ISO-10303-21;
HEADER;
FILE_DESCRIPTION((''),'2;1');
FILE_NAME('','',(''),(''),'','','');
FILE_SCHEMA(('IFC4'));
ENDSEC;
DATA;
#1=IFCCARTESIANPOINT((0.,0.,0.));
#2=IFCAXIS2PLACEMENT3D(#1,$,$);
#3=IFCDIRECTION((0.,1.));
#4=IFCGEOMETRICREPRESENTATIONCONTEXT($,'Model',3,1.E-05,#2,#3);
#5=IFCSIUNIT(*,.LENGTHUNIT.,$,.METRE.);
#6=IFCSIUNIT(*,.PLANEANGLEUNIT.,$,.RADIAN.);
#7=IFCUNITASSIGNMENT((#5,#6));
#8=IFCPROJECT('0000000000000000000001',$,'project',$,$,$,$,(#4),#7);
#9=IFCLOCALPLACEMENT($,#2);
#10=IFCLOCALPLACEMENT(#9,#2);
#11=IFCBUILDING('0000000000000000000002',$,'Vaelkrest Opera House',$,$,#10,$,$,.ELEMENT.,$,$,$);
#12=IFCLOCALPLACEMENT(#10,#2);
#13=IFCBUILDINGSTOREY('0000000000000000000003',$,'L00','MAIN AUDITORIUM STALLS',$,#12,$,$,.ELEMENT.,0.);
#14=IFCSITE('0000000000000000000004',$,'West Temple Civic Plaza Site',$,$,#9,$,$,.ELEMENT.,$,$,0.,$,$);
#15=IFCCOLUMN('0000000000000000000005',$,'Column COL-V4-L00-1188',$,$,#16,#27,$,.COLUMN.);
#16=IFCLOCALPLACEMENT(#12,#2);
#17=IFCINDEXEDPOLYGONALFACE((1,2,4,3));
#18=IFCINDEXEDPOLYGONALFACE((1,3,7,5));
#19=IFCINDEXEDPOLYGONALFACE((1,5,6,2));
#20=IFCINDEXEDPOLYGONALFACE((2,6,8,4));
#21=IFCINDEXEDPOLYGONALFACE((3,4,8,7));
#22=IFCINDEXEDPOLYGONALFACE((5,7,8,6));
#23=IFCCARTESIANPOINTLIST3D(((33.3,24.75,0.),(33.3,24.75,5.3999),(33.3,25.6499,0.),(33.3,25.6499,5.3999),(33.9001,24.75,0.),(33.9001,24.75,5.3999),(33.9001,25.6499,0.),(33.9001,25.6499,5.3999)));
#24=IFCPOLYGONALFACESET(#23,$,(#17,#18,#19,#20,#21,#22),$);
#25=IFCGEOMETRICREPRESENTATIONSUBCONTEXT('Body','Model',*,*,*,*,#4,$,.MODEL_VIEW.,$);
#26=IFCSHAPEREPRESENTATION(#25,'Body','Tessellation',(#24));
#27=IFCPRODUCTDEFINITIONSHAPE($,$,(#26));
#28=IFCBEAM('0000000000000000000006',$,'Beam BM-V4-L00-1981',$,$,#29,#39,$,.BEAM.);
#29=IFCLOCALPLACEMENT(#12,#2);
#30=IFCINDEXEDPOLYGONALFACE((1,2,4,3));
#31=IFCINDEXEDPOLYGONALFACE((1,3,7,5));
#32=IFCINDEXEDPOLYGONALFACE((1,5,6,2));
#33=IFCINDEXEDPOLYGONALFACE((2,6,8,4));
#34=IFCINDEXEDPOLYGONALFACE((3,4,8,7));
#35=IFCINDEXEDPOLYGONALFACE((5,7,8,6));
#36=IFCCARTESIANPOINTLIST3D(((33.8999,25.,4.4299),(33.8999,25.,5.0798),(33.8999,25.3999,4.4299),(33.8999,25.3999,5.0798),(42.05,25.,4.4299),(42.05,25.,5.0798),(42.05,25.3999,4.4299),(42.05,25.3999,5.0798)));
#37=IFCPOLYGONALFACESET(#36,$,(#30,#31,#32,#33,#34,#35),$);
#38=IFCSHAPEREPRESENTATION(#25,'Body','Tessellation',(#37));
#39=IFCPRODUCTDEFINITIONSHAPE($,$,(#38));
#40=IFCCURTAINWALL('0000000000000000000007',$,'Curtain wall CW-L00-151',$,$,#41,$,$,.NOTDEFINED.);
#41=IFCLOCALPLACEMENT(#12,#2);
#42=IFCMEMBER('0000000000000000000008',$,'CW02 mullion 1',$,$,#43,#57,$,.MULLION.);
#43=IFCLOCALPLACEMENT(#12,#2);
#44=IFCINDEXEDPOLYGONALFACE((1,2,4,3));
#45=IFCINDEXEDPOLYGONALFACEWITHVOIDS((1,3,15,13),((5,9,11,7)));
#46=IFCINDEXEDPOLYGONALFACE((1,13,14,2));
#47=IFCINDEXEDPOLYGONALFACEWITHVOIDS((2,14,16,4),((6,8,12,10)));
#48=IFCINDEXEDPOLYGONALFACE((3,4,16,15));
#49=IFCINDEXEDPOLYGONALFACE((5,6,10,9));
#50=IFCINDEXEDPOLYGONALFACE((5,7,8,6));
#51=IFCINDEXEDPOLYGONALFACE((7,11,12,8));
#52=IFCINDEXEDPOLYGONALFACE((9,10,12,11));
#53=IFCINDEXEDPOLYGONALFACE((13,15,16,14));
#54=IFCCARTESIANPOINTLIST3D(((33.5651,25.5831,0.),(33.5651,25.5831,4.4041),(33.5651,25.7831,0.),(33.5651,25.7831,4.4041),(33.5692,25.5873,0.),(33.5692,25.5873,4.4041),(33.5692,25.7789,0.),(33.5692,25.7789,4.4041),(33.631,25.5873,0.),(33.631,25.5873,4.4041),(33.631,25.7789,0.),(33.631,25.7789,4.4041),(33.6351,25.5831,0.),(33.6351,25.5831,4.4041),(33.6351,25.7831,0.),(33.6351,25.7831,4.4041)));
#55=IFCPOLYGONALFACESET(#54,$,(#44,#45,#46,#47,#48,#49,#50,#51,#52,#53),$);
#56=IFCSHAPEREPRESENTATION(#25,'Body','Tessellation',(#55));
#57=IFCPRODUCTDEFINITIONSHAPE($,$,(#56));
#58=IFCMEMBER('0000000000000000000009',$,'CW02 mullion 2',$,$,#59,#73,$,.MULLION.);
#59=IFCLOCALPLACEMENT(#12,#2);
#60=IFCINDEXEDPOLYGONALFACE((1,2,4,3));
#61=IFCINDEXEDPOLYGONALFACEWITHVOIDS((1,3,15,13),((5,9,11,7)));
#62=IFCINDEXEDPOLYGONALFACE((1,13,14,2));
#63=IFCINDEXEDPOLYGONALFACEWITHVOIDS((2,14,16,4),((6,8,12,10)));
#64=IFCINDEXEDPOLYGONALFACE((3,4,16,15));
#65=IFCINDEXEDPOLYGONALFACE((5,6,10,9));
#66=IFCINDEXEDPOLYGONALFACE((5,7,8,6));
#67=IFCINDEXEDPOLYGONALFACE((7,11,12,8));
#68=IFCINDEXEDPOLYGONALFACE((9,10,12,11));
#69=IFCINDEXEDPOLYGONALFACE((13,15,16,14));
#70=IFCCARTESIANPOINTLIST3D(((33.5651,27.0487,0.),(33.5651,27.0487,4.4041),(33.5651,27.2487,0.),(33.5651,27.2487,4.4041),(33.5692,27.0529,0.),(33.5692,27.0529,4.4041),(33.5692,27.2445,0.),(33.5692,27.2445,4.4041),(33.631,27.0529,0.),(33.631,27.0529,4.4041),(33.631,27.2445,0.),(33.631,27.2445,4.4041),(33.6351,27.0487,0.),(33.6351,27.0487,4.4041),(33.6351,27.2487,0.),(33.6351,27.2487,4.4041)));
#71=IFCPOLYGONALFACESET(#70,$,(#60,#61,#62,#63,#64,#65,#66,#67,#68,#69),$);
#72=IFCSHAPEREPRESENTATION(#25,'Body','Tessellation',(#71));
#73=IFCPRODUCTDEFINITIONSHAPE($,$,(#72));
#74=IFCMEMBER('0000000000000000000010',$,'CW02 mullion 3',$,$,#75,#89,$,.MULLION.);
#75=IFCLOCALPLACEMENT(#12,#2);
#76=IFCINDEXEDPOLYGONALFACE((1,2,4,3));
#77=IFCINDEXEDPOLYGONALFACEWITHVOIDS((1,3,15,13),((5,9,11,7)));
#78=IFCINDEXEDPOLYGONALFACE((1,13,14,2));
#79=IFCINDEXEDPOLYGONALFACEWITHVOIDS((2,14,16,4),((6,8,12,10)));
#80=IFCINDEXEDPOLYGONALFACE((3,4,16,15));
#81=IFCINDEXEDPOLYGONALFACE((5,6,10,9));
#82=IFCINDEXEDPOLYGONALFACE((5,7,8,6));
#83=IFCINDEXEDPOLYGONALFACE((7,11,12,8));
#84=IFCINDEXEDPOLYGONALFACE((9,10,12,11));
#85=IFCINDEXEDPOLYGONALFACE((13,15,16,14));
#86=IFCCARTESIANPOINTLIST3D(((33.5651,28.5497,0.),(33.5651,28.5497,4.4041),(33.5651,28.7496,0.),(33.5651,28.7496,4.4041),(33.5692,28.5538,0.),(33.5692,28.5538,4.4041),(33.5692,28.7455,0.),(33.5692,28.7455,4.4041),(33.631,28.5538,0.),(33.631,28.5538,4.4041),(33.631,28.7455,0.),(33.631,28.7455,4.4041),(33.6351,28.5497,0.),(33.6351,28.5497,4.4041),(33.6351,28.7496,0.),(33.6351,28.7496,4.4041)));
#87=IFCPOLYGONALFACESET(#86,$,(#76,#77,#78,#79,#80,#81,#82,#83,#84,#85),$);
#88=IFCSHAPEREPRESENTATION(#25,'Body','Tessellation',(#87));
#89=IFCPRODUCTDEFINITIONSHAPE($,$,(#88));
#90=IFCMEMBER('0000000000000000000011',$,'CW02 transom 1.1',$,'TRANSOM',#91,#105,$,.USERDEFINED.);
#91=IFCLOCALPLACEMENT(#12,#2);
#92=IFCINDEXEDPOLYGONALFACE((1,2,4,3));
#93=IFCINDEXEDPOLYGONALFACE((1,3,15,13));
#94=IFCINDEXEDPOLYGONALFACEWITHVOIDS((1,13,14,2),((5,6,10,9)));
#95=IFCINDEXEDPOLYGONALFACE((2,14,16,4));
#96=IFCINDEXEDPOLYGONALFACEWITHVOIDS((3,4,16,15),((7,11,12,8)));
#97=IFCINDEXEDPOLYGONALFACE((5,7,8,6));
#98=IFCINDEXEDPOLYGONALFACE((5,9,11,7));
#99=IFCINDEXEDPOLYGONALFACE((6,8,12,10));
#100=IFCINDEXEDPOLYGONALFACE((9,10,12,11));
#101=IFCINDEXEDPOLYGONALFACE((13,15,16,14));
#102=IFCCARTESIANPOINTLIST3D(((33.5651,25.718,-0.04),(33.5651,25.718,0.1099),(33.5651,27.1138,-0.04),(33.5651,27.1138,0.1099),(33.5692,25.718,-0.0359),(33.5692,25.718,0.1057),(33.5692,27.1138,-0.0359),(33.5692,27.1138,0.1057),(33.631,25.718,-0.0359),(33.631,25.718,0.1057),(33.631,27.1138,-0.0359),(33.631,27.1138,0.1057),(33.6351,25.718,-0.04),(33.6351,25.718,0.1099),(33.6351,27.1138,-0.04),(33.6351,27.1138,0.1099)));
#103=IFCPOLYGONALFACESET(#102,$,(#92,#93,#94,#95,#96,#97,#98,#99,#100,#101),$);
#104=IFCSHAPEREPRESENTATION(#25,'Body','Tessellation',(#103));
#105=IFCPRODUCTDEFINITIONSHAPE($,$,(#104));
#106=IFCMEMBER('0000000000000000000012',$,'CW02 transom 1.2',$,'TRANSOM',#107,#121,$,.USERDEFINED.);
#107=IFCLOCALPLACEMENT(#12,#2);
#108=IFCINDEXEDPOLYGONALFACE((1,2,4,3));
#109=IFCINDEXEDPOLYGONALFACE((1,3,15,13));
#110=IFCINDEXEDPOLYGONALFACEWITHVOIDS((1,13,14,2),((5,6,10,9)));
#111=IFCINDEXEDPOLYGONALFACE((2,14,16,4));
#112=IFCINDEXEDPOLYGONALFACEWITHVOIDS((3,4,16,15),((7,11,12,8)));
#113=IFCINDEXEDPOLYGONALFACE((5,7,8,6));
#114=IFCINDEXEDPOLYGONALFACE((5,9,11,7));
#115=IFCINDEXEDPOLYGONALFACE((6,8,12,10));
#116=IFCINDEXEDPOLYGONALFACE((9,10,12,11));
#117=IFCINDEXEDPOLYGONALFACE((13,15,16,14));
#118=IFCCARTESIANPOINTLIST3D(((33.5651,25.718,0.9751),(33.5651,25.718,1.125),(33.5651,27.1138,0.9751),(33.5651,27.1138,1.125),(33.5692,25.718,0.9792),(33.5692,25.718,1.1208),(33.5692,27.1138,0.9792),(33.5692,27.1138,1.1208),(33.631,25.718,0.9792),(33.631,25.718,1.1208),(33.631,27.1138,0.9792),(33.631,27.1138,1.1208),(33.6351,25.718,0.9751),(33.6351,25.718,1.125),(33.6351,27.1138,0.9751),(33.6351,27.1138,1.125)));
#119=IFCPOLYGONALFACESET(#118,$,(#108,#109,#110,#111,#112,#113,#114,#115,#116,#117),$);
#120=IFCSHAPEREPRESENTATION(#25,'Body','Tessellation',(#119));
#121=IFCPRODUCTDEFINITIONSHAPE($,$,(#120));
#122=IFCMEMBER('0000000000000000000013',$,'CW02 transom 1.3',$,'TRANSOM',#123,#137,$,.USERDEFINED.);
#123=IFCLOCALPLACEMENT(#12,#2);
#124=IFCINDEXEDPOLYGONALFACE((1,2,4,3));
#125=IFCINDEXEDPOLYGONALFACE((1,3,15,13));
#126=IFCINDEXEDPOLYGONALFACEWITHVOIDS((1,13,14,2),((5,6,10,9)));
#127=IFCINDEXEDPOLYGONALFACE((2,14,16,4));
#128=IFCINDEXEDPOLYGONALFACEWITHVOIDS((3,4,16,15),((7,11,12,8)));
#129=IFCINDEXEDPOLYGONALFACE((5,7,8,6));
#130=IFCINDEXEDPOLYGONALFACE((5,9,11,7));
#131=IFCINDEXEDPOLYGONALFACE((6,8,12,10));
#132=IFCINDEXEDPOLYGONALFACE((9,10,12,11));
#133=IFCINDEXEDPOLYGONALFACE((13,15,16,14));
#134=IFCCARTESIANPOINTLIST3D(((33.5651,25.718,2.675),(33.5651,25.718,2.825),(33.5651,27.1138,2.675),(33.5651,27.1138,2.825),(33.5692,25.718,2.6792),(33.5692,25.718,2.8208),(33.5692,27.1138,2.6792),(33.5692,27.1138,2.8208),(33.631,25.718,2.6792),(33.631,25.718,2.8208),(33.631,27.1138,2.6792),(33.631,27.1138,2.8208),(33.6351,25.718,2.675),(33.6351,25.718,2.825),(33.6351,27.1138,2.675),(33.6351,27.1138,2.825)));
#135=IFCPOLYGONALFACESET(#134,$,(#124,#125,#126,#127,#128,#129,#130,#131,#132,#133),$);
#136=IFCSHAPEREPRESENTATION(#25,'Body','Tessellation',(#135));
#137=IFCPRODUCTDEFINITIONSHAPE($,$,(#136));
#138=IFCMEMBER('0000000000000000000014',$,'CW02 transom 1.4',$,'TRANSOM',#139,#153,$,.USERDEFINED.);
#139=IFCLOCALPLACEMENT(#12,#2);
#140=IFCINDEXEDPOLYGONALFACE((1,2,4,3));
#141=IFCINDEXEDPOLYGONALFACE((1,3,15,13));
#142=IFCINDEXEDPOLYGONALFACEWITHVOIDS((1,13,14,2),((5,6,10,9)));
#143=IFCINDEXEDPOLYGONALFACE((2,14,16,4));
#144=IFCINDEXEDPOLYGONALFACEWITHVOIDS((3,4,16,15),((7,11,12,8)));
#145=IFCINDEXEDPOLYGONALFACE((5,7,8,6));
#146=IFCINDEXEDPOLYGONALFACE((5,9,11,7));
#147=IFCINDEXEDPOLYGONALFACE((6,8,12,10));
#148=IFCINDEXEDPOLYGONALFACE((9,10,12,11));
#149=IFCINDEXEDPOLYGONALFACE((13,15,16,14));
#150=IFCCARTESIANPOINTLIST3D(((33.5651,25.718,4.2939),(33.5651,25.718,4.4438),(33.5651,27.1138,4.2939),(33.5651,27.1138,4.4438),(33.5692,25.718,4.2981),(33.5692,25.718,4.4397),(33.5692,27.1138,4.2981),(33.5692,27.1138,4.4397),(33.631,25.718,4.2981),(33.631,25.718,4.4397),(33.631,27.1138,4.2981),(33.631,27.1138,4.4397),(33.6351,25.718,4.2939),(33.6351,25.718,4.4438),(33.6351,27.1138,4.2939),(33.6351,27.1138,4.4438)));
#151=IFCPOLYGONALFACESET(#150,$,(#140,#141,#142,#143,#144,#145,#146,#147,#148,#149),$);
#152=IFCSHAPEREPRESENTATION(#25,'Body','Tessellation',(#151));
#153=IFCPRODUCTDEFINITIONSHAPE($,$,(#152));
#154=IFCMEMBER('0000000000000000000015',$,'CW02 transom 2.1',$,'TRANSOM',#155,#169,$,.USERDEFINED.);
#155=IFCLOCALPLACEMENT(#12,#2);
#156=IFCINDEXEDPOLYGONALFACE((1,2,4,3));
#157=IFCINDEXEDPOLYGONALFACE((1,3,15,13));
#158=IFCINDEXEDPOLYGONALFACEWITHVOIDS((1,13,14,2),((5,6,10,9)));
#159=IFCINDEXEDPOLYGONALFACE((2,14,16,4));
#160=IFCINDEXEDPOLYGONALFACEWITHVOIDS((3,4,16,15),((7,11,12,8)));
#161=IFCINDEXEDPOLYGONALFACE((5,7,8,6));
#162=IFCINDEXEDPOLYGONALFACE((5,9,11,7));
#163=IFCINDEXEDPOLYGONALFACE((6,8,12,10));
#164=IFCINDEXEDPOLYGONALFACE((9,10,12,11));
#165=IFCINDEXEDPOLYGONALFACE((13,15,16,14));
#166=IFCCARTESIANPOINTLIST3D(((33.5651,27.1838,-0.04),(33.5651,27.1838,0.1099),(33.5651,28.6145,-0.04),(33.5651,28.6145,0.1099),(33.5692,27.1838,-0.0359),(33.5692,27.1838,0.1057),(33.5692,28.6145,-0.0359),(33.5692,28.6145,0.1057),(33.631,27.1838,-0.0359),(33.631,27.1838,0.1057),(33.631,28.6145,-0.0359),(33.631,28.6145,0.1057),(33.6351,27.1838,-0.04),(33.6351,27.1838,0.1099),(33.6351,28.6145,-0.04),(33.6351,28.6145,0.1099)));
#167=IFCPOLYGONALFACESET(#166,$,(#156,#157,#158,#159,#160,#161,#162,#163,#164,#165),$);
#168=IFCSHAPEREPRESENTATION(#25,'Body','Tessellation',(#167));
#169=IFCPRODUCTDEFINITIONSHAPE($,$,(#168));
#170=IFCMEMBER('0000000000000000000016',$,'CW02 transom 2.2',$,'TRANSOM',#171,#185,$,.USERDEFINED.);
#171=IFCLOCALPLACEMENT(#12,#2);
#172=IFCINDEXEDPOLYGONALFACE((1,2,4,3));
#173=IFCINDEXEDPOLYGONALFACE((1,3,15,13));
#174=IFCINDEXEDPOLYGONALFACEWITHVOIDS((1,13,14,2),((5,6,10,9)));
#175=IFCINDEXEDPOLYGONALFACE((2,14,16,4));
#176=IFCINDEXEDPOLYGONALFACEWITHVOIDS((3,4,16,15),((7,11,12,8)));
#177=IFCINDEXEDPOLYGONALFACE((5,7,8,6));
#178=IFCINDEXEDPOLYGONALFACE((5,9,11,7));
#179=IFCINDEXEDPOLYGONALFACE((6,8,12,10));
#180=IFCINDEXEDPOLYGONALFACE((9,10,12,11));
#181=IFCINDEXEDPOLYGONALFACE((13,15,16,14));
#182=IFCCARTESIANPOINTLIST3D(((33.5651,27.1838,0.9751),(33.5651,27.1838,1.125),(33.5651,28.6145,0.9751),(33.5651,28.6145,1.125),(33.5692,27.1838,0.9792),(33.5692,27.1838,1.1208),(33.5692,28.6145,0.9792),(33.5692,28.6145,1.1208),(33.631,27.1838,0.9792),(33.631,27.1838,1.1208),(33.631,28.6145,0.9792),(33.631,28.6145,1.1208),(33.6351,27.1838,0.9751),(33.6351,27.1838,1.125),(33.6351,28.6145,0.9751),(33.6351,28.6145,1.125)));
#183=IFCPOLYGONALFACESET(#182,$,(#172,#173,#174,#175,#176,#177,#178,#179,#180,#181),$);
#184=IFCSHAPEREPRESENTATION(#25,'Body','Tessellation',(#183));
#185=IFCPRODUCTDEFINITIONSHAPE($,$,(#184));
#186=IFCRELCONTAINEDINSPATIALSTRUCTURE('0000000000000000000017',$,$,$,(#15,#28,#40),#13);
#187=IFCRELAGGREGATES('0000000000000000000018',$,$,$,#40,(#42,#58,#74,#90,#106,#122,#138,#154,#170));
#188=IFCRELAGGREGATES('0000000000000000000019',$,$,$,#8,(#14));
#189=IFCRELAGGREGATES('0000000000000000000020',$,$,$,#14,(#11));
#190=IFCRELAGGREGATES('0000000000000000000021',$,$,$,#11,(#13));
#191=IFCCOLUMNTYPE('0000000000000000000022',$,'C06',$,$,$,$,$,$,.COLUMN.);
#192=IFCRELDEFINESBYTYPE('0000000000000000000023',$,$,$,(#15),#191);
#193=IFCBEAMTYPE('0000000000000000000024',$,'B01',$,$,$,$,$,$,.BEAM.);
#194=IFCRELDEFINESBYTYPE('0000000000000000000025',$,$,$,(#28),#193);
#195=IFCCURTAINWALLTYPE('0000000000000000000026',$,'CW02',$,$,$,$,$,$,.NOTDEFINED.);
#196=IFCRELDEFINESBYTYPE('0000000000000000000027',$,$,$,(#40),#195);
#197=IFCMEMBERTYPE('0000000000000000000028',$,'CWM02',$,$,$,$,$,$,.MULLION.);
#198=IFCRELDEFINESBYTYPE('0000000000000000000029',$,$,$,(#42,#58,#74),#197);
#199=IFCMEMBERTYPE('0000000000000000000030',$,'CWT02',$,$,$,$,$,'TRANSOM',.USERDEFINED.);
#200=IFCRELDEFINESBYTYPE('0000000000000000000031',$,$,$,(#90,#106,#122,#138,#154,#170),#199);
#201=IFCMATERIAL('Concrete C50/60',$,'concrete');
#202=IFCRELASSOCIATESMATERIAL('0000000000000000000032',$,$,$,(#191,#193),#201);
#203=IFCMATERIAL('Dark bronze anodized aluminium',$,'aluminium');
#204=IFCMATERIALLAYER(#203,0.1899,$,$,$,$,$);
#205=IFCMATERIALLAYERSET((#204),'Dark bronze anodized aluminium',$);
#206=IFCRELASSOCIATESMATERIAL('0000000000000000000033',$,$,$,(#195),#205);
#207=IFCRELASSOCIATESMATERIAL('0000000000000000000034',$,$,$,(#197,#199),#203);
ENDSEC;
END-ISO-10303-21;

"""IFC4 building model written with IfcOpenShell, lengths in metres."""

from ifc_helpers import new_model, si_unit, direction, frame, origin, origin_2d, place, context, subcontext, project, spatial, rectangle, hollow_rectangle, extrude, material, layer, layer_set, material_profile, profile_set, type_object, element, aggregate, save


model = new_model("IFC4")

# Units and contexts
model_context = context("Model", 3, precision=1e-05, world=origin(), true_north=direction((0.0, 1.0)))
body_context = subcontext(model_context, "Body", "Model", "MODEL_VIEW")
ifc_project = project(units=[si_unit("LENGTHUNIT", "METRE"), si_unit("PLANEANGLEUNIT", "RADIAN")], contexts=[model_context])

# Site, building, storey
site_placement = place(None, origin())
site = spatial("IfcSite", under=ifc_project, at=site_placement, Name="West Temple Civic Plaza Site", CompositionType="ELEMENT", RefElevation=0.0)
building_placement = place(site_placement, origin())
building = spatial("IfcBuilding", under=site, at=building_placement, Name="Vaelkrest Opera House", CompositionType="ELEMENT")
storey_placement = place(building_placement, origin())
storey = spatial("IfcBuildingStorey", under=building, at=storey_placement, Name="L00", Description="MAIN AUDITORIUM STALLS", CompositionType="ELEMENT", Elevation=0.0)

# Column
ifc_material_1 = material(Name="Concrete C50/60", Category="concrete")
ifc_material_profile_1 = material_profile(ifc_material_1, rectangle(XDim=0.6001, YDim=0.8999, at=origin_2d()), Name="RC600X900")
ifc_profile_set_1 = profile_set([ifc_material_profile_1], Name="Concrete C50/60")
column_type = type_object("IfcColumnType", Name="C06", PredefinedType="COLUMN", material=ifc_profile_set_1)
column_placement = place(storey_placement, frame((33.6001, 25.2, 0.0), z_axis=(0.0, 0.0, 1.0), x_axis=(1.0, 0.0, 0.0)))
element("IfcColumn", 1, at=column_placement, inside=storey, type_object=column_type, Name="Column COL-V4-L00-1188", PredefinedType="COLUMN", context=body_context, shape_type="SweptSolid", body=[
    extrude(rectangle(XDim=0.6001, YDim=0.8999, at=origin_2d()), origin(), (0.0, 0.0, 1.0), 5.3999),
])

# Beam
ifc_material_profile_2 = material_profile(ifc_material_1, rectangle(XDim=0.3999, YDim=0.6499, at=origin_2d()), Name="RCB400X650")
ifc_profile_set_2 = profile_set([ifc_material_profile_2], Name="Concrete C50/60")
beam_type_1 = type_object("IfcBeamType", Name="B01", PredefinedType="BEAM", material=ifc_profile_set_2)
beam_1_placement = place(storey_placement, frame((33.8999, 25.2, 4.7549), z_axis=(1.0, 0.0, 0.0), x_axis=(0.0, 1.0, 0.0)))
element("IfcBeam", 2, at=beam_1_placement, inside=storey, type_object=beam_type_1, Name="Beam BM-V4-L00-1981", PredefinedType="BEAM", context=body_context, shape_type="SweptSolid", body=[
    extrude(rectangle(XDim=0.3999, YDim=0.6499, at=origin_2d()), origin(), (0.0, 0.0, 1.0), 8.1501),
])

# Curtain wall, members
ifc_material_2 = material(Name="Dark bronze anodized aluminium", Category="aluminium")
ifc_layer_1 = layer(ifc_material_2, 0.1899)
ifc_layer_set_1 = layer_set([ifc_layer_1], Name="Dark bronze anodized aluminium")
curtain_wall_type = type_object("IfcCurtainWallType", Name="CW02", PredefinedType="NOTDEFINED", material=ifc_layer_set_1)
curtain_wall_placement = place(storey_placement, origin())
curtain_wall = element("IfcCurtainWall", 3, at=curtain_wall_placement, inside=storey, type_object=curtain_wall_type, Name="Curtain wall CW-L00-151", PredefinedType="NOTDEFINED")
ifc_material_profile_3 = material_profile(ifc_material_2, hollow_rectangle(XDim=0.0701, YDim=0.2, WallThickness=0.0042, at=origin_2d()), Name="CWM70X200")
ifc_profile_set_3 = profile_set([ifc_material_profile_3], Name="Dark bronze anodized aluminium")
member_type_1 = type_object("IfcMemberType", Name="CWM02", PredefinedType="MULLION", material=ifc_profile_set_3)
member_1_placement = place(storey_placement, frame((33.6001, 25.6831, 0.0), z_axis=(0.0, 0.0, 1.0), x_axis=(-1.0, 0.0, 0.0)))
member_1 = element("IfcMember", 4, at=member_1_placement, type_object=member_type_1, Name="CW02 mullion 1", PredefinedType="MULLION", context=body_context, shape_type="SweptSolid", body=[
    extrude(hollow_rectangle(XDim=0.0701, YDim=0.2, WallThickness=0.0042, at=origin_2d()), origin(), (0.0, 0.0, 1.0), 4.4041),
])
member_2_placement = place(storey_placement, frame((33.6001, 27.1487, 0.0), z_axis=(0.0, 0.0, 1.0), x_axis=(-1.0, 0.0, 0.0)))
member_2 = element("IfcMember", 5, at=member_2_placement, type_object=member_type_1, Name="CW02 mullion 2", PredefinedType="MULLION", context=body_context, shape_type="SweptSolid", body=[
    extrude(hollow_rectangle(XDim=0.0701, YDim=0.2, WallThickness=0.0042, at=origin_2d()), origin(), (0.0, 0.0, 1.0), 4.4041),
])
member_3_placement = place(storey_placement, frame((33.6001, 28.6497, 0.0), z_axis=(0.0, 0.0, 1.0), x_axis=(-1.0, 0.0, 0.0)))
member_3 = element("IfcMember", 6, at=member_3_placement, type_object=member_type_1, Name="CW02 mullion 3", PredefinedType="MULLION", context=body_context, shape_type="SweptSolid", body=[
    extrude(hollow_rectangle(XDim=0.0701, YDim=0.2, WallThickness=0.0042, at=origin_2d()), origin(), (0.0, 0.0, 1.0), 4.4041),
])
ifc_material_profile_4 = material_profile(ifc_material_2, hollow_rectangle(XDim=0.0701, YDim=0.1499, WallThickness=0.0042, at=origin_2d()), Name="CWT70X150")
ifc_profile_set_4 = profile_set([ifc_material_profile_4], Name="Dark bronze anodized aluminium")
member_type_2 = type_object("IfcMemberType", Name="CWT02", ElementType="TRANSOM", PredefinedType="USERDEFINED", material=ifc_profile_set_4)
member_4_placement = place(storey_placement, frame((33.6001, 25.718, 0.0349), z_axis=(0.0, 1.0, 0.0), x_axis=(-1.0, 0.0, 0.0)))
member_4 = element("IfcMember", 7, at=member_4_placement, type_object=member_type_2, Name="CW02 transom 1.1", ObjectType="TRANSOM", PredefinedType="USERDEFINED", context=body_context, shape_type="SweptSolid", body=[
    extrude(hollow_rectangle(XDim=0.0701, YDim=0.1499, WallThickness=0.0042, at=origin_2d()), origin(), (0.0, 0.0, 1.0), 1.3958),
])
member_5_placement = place(storey_placement, frame((33.6001, 25.718, 1.05), z_axis=(0.0, 1.0, 0.0), x_axis=(-1.0, 0.0, 0.0)))
member_5 = element("IfcMember", 8, at=member_5_placement, type_object=member_type_2, Name="CW02 transom 1.2", ObjectType="TRANSOM", PredefinedType="USERDEFINED", context=body_context, shape_type="SweptSolid", body=[
    extrude(hollow_rectangle(XDim=0.0701, YDim=0.1499, WallThickness=0.0042, at=origin_2d()), origin(), (0.0, 0.0, 1.0), 1.3958),
])
member_6_placement = place(storey_placement, frame((33.6001, 25.718, 2.75), z_axis=(0.0, 1.0, 0.0), x_axis=(-1.0, 0.0, 0.0)))
member_6 = element("IfcMember", 9, at=member_6_placement, type_object=member_type_2, Name="CW02 transom 1.3", ObjectType="TRANSOM", PredefinedType="USERDEFINED", context=body_context, shape_type="SweptSolid", body=[
    extrude(hollow_rectangle(XDim=0.0701, YDim=0.1499, WallThickness=0.0042, at=origin_2d()), origin(), (0.0, 0.0, 1.0), 1.3958),
])
member_7_placement = place(storey_placement, frame((33.6001, 25.718, 4.3689), z_axis=(0.0, 1.0, 0.0), x_axis=(-1.0, 0.0, 0.0)))
member_7 = element("IfcMember", 10, at=member_7_placement, type_object=member_type_2, Name="CW02 transom 1.4", ObjectType="TRANSOM", PredefinedType="USERDEFINED", context=body_context, shape_type="SweptSolid", body=[
    extrude(hollow_rectangle(XDim=0.0701, YDim=0.1499, WallThickness=0.0042, at=origin_2d()), origin(), (0.0, 0.0, 1.0), 1.3958),
])
member_8_placement = place(storey_placement, frame((33.6001, 27.1838, 0.0349), z_axis=(0.0, 1.0, 0.0), x_axis=(-1.0, 0.0, 0.0)))
member_8 = element("IfcMember", 11, at=member_8_placement, type_object=member_type_2, Name="CW02 transom 2.1", ObjectType="TRANSOM", PredefinedType="USERDEFINED", context=body_context, shape_type="SweptSolid", body=[
    extrude(hollow_rectangle(XDim=0.0701, YDim=0.1499, WallThickness=0.0042, at=origin_2d()), origin(), (0.0, 0.0, 1.0), 1.4307),
])
member_9_placement = place(storey_placement, frame((33.6001, 27.1838, 1.05), z_axis=(0.0, 1.0, 0.0), x_axis=(-1.0, 0.0, 0.0)))
member_9 = element("IfcMember", 12, at=member_9_placement, type_object=member_type_2, Name="CW02 transom 2.2", ObjectType="TRANSOM", PredefinedType="USERDEFINED", context=body_context, shape_type="SweptSolid", body=[
    extrude(hollow_rectangle(XDim=0.0701, YDim=0.1499, WallThickness=0.0042, at=origin_2d()), origin(), (0.0, 0.0, 1.0), 1.4307),
])

aggregate(curtain_wall, [member_1, member_2, member_3, member_4, member_5, member_6, member_7, member_8, member_9])

save(model, "model.ifc")
